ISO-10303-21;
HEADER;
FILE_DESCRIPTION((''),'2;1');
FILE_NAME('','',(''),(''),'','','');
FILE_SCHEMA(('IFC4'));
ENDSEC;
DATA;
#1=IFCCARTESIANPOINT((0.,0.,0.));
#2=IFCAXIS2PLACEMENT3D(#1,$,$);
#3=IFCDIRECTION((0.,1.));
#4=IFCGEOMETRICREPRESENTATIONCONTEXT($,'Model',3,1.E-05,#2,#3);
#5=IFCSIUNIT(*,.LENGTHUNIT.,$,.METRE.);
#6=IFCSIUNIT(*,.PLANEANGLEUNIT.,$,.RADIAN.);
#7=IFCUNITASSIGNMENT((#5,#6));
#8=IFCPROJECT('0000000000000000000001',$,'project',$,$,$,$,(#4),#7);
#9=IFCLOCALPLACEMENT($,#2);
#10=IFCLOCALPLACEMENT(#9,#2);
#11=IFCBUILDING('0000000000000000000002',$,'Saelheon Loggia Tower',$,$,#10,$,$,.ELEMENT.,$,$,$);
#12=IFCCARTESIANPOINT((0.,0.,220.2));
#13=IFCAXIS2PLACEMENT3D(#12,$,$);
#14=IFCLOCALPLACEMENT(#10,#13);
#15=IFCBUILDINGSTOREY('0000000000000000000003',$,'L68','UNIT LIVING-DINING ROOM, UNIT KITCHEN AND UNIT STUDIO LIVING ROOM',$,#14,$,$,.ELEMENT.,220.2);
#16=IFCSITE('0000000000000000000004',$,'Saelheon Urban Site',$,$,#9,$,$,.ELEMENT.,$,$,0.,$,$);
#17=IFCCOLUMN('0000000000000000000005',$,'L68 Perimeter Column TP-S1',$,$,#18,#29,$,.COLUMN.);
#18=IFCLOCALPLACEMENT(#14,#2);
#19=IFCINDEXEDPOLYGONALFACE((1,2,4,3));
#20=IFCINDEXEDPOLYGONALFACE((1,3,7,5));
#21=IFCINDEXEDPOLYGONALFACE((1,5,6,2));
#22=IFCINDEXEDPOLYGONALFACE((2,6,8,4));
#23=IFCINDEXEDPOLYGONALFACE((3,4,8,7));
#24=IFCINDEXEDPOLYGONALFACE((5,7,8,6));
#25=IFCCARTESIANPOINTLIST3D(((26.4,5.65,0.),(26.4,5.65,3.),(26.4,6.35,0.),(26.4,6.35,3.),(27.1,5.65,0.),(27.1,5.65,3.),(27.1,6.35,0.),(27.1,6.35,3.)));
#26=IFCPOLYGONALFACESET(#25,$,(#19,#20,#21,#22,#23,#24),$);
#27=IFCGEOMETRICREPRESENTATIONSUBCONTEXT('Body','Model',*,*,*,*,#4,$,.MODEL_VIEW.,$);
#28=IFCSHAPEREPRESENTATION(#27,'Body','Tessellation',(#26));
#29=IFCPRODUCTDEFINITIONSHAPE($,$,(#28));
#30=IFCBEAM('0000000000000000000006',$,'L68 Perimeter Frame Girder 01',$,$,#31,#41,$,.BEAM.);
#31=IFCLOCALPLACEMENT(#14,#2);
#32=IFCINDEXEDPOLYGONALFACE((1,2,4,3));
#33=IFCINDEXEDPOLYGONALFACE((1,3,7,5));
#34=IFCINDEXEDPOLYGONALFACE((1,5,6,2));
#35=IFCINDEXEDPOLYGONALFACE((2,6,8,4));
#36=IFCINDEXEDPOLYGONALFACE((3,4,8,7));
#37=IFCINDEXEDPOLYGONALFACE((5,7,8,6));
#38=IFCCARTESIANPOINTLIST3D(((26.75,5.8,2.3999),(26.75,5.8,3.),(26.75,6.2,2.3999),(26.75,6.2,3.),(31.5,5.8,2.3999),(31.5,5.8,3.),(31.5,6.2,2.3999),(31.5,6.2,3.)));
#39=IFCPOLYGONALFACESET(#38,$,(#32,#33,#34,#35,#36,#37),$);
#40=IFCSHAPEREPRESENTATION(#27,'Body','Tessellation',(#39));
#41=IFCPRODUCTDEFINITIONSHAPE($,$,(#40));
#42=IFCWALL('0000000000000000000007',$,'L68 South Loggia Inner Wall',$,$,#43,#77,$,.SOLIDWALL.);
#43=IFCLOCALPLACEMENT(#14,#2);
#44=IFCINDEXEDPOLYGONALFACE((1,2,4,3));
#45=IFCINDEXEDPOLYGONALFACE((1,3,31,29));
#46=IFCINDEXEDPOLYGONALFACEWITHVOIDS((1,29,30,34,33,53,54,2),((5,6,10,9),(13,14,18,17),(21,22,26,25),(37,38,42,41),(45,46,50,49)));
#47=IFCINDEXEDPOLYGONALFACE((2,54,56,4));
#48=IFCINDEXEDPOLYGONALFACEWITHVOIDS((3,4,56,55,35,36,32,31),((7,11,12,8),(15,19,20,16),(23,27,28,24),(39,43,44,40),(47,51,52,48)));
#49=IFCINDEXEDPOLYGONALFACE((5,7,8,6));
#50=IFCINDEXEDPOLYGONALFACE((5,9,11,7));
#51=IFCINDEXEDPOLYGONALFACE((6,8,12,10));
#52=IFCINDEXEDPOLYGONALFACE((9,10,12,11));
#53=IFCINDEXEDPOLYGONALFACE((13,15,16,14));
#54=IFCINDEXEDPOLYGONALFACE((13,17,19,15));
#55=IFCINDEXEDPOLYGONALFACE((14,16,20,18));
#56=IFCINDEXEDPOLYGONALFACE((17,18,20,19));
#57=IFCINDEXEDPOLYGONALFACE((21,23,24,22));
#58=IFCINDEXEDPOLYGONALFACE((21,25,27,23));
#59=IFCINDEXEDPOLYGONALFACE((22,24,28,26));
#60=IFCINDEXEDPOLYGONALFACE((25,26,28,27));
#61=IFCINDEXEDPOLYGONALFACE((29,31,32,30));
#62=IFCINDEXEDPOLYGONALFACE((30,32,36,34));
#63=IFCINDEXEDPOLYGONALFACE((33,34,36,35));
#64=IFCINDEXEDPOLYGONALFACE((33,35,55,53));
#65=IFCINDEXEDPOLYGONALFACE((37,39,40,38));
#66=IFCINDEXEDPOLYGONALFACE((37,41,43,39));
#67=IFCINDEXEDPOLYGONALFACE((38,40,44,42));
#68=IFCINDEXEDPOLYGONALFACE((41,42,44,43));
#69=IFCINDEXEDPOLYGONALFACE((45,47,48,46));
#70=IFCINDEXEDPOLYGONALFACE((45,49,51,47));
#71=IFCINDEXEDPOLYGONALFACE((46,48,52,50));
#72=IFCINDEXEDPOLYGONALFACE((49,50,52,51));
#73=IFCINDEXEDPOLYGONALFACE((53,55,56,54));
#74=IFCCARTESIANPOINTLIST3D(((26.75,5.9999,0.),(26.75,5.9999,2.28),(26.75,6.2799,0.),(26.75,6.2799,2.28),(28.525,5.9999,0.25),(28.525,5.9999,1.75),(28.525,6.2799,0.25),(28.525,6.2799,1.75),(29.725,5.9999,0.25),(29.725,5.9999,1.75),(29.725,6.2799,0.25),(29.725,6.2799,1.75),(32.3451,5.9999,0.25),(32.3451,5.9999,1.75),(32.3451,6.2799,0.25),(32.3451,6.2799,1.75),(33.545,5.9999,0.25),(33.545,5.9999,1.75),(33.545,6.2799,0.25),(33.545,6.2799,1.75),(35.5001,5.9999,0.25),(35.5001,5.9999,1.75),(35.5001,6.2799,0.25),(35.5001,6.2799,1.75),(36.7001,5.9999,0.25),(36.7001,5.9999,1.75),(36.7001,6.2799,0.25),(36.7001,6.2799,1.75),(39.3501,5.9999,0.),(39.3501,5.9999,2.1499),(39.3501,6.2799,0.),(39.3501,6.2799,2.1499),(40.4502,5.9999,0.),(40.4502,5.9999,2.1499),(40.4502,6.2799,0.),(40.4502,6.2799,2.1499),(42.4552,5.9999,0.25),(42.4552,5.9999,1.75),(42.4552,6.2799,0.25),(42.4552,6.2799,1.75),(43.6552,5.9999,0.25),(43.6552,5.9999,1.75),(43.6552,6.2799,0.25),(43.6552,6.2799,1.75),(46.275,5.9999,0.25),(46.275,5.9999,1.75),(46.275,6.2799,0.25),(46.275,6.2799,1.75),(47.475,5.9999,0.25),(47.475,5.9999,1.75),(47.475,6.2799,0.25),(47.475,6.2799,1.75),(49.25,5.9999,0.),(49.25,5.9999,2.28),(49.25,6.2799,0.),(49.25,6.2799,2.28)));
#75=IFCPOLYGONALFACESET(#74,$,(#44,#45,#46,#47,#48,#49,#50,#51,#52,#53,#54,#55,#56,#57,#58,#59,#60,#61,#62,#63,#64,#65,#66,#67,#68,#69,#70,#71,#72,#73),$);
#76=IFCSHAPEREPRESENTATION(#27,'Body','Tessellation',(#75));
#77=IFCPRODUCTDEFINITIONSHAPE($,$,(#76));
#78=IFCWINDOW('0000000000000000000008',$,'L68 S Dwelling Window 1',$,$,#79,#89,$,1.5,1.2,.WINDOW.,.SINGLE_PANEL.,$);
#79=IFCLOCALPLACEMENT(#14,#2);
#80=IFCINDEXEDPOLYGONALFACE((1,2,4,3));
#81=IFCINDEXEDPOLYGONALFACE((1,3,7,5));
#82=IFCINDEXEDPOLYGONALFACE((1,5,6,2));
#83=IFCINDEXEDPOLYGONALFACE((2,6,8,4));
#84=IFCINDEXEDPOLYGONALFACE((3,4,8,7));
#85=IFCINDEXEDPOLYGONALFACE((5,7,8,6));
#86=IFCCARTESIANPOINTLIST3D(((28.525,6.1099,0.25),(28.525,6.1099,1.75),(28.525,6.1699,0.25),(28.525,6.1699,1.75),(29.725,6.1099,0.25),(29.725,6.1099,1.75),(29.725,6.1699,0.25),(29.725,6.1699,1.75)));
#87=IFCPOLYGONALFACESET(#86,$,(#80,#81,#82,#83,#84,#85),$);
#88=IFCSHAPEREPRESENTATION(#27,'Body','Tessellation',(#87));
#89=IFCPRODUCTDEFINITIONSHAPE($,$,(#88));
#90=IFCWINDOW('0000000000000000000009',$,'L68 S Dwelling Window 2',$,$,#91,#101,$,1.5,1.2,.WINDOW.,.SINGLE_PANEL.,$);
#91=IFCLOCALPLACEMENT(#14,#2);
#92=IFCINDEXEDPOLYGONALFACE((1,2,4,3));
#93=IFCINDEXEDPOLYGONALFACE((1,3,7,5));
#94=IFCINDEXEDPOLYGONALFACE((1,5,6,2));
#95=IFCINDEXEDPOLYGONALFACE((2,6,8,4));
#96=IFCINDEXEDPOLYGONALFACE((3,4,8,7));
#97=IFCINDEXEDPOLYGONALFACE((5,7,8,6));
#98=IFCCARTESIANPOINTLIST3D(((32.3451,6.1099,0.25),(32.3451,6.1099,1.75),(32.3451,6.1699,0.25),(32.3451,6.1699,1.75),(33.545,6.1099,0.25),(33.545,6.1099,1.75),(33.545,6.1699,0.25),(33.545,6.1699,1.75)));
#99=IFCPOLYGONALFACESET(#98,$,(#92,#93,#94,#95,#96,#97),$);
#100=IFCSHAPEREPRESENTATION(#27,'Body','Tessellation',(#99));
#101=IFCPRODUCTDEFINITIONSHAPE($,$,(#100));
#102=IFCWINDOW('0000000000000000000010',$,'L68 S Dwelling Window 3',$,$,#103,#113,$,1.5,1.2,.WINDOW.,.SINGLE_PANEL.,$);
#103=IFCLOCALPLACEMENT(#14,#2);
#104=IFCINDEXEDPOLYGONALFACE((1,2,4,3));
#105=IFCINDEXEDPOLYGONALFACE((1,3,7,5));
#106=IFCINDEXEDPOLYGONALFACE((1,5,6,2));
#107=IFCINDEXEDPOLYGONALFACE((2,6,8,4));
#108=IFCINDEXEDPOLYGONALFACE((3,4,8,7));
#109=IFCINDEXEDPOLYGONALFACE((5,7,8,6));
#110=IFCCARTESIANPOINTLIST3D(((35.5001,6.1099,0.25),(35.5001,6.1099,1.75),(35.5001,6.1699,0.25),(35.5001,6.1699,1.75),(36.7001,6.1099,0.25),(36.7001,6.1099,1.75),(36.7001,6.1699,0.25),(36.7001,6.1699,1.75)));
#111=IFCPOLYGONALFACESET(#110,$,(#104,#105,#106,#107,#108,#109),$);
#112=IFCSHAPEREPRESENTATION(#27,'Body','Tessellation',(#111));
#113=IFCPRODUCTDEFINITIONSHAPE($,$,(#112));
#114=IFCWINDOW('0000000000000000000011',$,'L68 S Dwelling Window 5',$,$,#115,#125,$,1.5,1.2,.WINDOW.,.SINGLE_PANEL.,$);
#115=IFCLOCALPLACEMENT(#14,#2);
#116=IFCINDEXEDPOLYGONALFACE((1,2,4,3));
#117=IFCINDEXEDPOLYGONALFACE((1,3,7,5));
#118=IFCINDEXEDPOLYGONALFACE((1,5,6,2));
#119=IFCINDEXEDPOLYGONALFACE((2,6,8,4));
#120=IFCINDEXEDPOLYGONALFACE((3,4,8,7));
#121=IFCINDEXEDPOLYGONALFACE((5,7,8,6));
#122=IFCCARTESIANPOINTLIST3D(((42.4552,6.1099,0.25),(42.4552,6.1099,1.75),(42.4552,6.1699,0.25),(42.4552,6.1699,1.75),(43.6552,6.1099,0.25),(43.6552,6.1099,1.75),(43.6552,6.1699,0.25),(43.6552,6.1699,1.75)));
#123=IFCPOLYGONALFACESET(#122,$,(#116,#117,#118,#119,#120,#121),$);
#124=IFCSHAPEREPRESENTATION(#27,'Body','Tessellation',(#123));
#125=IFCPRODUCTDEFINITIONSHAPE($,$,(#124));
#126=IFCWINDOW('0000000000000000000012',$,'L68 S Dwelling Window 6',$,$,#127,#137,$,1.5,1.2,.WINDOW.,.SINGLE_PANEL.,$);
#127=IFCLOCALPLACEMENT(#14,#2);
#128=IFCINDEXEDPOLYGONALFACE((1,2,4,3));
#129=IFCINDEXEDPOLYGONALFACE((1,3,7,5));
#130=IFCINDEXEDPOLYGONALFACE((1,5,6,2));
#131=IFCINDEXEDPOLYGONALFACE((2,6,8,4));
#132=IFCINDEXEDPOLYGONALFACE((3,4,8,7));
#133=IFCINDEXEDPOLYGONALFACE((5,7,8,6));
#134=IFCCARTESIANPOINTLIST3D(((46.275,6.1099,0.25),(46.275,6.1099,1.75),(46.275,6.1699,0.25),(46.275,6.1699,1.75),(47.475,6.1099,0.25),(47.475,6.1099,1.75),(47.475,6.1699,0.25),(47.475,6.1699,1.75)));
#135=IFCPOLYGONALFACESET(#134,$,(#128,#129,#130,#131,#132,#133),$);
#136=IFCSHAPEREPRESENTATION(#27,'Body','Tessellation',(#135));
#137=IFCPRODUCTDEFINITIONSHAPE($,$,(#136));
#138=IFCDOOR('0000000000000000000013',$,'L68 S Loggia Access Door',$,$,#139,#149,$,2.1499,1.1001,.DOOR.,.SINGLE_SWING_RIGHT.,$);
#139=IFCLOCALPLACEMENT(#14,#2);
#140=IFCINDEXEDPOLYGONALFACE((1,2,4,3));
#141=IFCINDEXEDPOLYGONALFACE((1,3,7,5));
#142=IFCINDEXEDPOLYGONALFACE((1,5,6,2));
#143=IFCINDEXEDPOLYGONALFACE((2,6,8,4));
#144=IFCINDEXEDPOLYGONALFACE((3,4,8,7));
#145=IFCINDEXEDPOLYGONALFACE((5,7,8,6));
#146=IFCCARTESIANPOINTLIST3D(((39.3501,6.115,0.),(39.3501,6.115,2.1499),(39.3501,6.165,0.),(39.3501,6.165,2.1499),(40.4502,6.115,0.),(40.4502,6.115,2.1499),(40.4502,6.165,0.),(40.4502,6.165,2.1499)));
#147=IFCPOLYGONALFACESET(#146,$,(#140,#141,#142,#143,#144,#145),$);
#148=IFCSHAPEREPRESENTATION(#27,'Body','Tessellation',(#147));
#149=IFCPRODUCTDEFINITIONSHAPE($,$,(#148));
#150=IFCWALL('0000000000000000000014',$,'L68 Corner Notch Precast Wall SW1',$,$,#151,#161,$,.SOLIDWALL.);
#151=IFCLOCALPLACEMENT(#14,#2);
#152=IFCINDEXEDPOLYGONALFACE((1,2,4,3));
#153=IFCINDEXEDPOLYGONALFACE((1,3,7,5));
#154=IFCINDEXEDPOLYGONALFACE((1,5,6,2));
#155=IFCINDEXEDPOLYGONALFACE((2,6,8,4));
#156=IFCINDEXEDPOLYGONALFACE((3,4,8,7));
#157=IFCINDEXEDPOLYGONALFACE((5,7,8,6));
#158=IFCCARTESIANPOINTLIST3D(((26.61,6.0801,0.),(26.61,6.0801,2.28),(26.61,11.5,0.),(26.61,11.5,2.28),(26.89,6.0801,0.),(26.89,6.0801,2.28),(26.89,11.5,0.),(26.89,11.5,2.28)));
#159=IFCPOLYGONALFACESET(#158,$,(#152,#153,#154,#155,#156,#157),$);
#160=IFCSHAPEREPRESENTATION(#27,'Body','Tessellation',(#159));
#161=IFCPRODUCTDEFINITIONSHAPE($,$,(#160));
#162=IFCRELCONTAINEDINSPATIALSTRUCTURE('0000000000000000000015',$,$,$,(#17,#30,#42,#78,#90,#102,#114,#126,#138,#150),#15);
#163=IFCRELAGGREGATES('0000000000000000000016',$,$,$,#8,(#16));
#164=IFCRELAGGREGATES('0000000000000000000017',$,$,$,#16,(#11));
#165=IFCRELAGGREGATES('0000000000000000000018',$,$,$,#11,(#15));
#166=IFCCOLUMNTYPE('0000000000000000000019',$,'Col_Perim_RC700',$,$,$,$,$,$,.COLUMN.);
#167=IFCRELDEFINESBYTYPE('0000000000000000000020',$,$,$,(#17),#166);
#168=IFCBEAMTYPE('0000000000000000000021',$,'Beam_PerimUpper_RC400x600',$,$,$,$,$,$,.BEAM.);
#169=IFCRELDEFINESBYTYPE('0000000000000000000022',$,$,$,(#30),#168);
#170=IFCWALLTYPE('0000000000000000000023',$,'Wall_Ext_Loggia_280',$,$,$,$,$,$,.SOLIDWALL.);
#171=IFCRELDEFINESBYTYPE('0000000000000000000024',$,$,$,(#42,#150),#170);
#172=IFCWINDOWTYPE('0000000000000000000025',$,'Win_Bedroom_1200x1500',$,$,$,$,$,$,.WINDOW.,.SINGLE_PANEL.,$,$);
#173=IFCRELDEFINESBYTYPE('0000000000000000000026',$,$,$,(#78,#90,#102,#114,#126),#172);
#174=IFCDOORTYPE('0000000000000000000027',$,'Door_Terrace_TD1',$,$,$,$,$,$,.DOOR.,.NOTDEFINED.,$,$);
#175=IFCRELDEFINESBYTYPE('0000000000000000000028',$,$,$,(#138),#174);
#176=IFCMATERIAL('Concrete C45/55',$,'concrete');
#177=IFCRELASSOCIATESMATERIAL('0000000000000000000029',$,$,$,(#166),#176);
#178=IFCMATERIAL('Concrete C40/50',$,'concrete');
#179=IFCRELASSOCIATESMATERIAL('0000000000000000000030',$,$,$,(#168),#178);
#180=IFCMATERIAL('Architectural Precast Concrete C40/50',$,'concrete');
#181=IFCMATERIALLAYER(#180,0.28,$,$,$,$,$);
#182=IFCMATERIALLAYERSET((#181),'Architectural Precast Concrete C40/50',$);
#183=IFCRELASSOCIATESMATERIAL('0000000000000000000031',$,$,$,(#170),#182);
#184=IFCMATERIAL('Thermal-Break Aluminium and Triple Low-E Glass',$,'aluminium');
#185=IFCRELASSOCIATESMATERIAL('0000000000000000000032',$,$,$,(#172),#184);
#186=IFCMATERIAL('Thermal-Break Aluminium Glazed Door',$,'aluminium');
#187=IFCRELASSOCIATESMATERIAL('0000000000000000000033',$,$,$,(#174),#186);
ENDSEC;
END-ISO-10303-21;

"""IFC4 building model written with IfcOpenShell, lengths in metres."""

from ifc_helpers import new_model, si_unit, direction, frame, frame_2d, origin, origin_2d, place, context, subcontext, project, spatial, rectangle, extrude, source, transform, mapped, material, layer, layer_set, material_profile, profile_set, type_object, element, fill, save


model = new_model("IFC4")

# Units and contexts
model_context = context("Model", 3, precision=1e-05, world=origin(), true_north=direction((0.0, 1.0)))
body_context = subcontext(model_context, "Body", "Model", "MODEL_VIEW")
ifc_project = project(units=[si_unit("LENGTHUNIT", "METRE"), si_unit("PLANEANGLEUNIT", "RADIAN")], contexts=[model_context])

# Site, building, storey
site_placement = place(None, origin())
site = spatial("IfcSite", under=ifc_project, at=site_placement, Name="Saelheon Urban Site", CompositionType="ELEMENT", RefElevation=0.0)
building_placement = place(site_placement, origin())
building = spatial("IfcBuilding", under=site, at=building_placement, Name="Saelheon Loggia Tower", CompositionType="ELEMENT")
storey_placement = place(building_placement, frame((0.0, 0.0, 220.2)))
storey = spatial("IfcBuildingStorey", under=building, at=storey_placement, Name="L68", Description="UNIT LIVING-DINING ROOM, UNIT KITCHEN AND UNIT STUDIO LIVING ROOM", CompositionType="ELEMENT", Elevation=220.2)

# Column
ifc_material_1 = material(Name="Concrete C45/55", Category="concrete")
ifc_material_profile_1 = material_profile(ifc_material_1, rectangle(XDim=0.7, YDim=0.7, at=origin_2d()), Name="RC-700x700")
ifc_profile_set_1 = profile_set([ifc_material_profile_1], Name="Concrete C45/55")
column_type = type_object("IfcColumnType", Name="Col_Perim_RC700", PredefinedType="COLUMN", material=ifc_profile_set_1)
shared_shape_1 = source(origin(), body_context, "Body", "SweptSolid", [
    extrude(rectangle(XDim=0.7, YDim=0.7, at=origin_2d()), origin(), (0.0, 0.0, 1.0), 3.0),
])
column_placement = place(storey_placement, frame((26.75, 6.0, 0.0), z_axis=(0.0, 0.0, 1.0), x_axis=(1.0, 0.0, 0.0)))
element("IfcColumn", 1, at=column_placement, inside=storey, type_object=column_type, Name="L68 Perimeter Column TP-S1", PredefinedType="COLUMN", context=body_context, shape_type="MappedRepresentation", body=[
    mapped(shared_shape_1, transform((0.0, 0.0, 0.0), scale=1.0)),
])

# Beam
ifc_material_2 = material(Name="Concrete C40/50", Category="concrete")
ifc_material_profile_2 = material_profile(ifc_material_2, rectangle(XDim=0.3999, YDim=0.6001, at=origin_2d()), Name="RC-400x600")
ifc_profile_set_2 = profile_set([ifc_material_profile_2], Name="Concrete C40/50")
beam_type = type_object("IfcBeamType", Name="Beam_PerimUpper_RC400x600", PredefinedType="BEAM", material=ifc_profile_set_2)
shared_shape_2 = source(origin(), body_context, "Body", "SweptSolid", [
    extrude(rectangle(XDim=0.3999, YDim=0.6001, at=origin_2d()), origin(), (0.0, 0.0, 1.0), 4.75),
])
beam_placement = place(storey_placement, frame((26.75, 6.0, 2.7), z_axis=(1.0, 0.0, 0.0), x_axis=(0.0, 1.0, 0.0)))
element("IfcBeam", 2, at=beam_placement, inside=storey, type_object=beam_type, Name="L68 Perimeter Frame Girder 01", PredefinedType="BEAM", context=body_context, shape_type="MappedRepresentation", body=[
    mapped(shared_shape_2, transform((0.0, 0.0, 0.0), scale=1.0)),
])

# Wall, openings, windows, door
ifc_material_3 = material(Name="Architectural Precast Concrete C40/50", Category="concrete")
ifc_layer = layer(ifc_material_3, 0.28)
ifc_layer_set = layer_set([ifc_layer], Name="Architectural Precast Concrete C40/50")
wall_type = type_object("IfcWallType", Name="Wall_Ext_Loggia_280", PredefinedType="SOLIDWALL", material=ifc_layer_set)
wall_1_placement = place(storey_placement, frame((26.75, 6.1399, 0.0), z_axis=(0.0, 0.0, 1.0), x_axis=(1.0, 0.0, 0.0)))
wall_1 = element("IfcWall", 3, at=wall_1_placement, inside=storey, type_object=wall_type, Name="L68 South Loggia Inner Wall", PredefinedType="SOLIDWALL", context=body_context, shape_type="SweptSolid", body=[
    extrude(rectangle(XDim=22.5, YDim=0.28, at=frame_2d((11.25, 0.0))), origin(), (0.0, 0.0, 1.0), 2.28),
])
opening_1_placement = place(wall_1_placement, frame((1.7749, 0.0, 0.25)))
opening_1 = element("IfcOpeningElement", 4, at=opening_1_placement, cuts=wall_1, PredefinedType="OPENING", context=body_context, shape_type="SweptSolid", body=[
    extrude(rectangle(XDim=1.2, YDim=1.5, at=frame_2d((0.6001, 0.75))), frame((0.0, 0.1521, 0.0), z_axis=(0.0, -1.0, 0.0), x_axis=(1.0, 0.0, 0.0)), (0.0, 0.0, 1.0), 0.304),
])
opening_2_placement = place(wall_1_placement, frame((5.595, 0.0, 0.25)))
opening_2 = element("IfcOpeningElement", 5, at=opening_2_placement, cuts=wall_1, PredefinedType="OPENING", context=body_context, shape_type="SweptSolid", body=[
    extrude(rectangle(XDim=1.2, YDim=1.5, at=frame_2d((0.6001, 0.75))), frame((0.0, 0.1521, 0.0), z_axis=(0.0, -1.0, 0.0), x_axis=(1.0, 0.0, 0.0)), (0.0, 0.0, 1.0), 0.304),
])
opening_3_placement = place(wall_1_placement, frame((8.75, 0.0, 0.25)))
opening_3 = element("IfcOpeningElement", 6, at=opening_3_placement, cuts=wall_1, PredefinedType="OPENING", context=body_context, shape_type="SweptSolid", body=[
    extrude(rectangle(XDim=1.2, YDim=1.5, at=frame_2d((0.6001, 0.75))), frame((0.0, 0.1521, 0.0), z_axis=(0.0, -1.0, 0.0), x_axis=(1.0, 0.0, 0.0)), (0.0, 0.0, 1.0), 0.304),
])
opening_4_placement = place(wall_1_placement, frame((13.7002, 0.0, 0.0), z_axis=(0.0, 0.0, 1.0), x_axis=(-1.0, 0.0, 0.0)))
opening_4 = element("IfcOpeningElement", 7, at=opening_4_placement, cuts=wall_1, PredefinedType="OPENING", context=body_context, shape_type="SweptSolid", body=[
    extrude(rectangle(XDim=1.1001, YDim=2.1499, at=frame_2d((0.55, 1.075))), frame((0.0, 0.1521, 0.0), z_axis=(0.0, -1.0, 0.0), x_axis=(1.0, 0.0, 0.0)), (0.0, 0.0, 1.0), 0.304),
])
opening_5_placement = place(wall_1_placement, frame((15.7051, 0.0, 0.25)))
opening_5 = element("IfcOpeningElement", 8, at=opening_5_placement, cuts=wall_1, PredefinedType="OPENING", context=body_context, shape_type="SweptSolid", body=[
    extrude(rectangle(XDim=1.2, YDim=1.5, at=frame_2d((0.6001, 0.75))), frame((0.0, 0.1521, 0.0), z_axis=(0.0, -1.0, 0.0), x_axis=(1.0, 0.0, 0.0)), (0.0, 0.0, 1.0), 0.304),
])
opening_6_placement = place(wall_1_placement, frame((19.5249, 0.0, 0.25)))
opening_6 = element("IfcOpeningElement", 9, at=opening_6_placement, cuts=wall_1, PredefinedType="OPENING", context=body_context, shape_type="SweptSolid", body=[
    extrude(rectangle(XDim=1.2, YDim=1.5, at=frame_2d((0.6001, 0.75))), frame((0.0, 0.1521, 0.0), z_axis=(0.0, -1.0, 0.0), x_axis=(1.0, 0.0, 0.0)), (0.0, 0.0, 1.0), 0.304),
])
ifc_material_4 = material(Name="Thermal-Break Aluminium and Triple Low-E Glass", Category="aluminium")
window_type = type_object("IfcWindowType", Name="Win_Bedroom_1200x1500", PartitioningType="SINGLE_PANEL", PredefinedType="WINDOW", material=ifc_material_4)
shared_shape_3 = source(origin(), body_context, "Body", "SweptSolid", [
    extrude(rectangle(XDim=1.2, YDim=1.5, at=frame_2d((0.6001, 0.75))), frame((0.0, 0.03, 0.0), z_axis=(0.0, -1.0, 0.0), x_axis=(1.0, 0.0, 0.0)), (0.0, 0.0, 1.0), 0.0601),
])
window_1_placement = place(opening_1_placement, origin())
window_1 = element("IfcWindow", 10, at=window_1_placement, inside=storey, type_object=window_type, Name="L68 S Dwelling Window 1", OverallHeight=1.5, OverallWidth=1.2, PartitioningType="SINGLE_PANEL", PredefinedType="WINDOW", context=body_context, shape_type="MappedRepresentation", body=[
    mapped(shared_shape_3, transform((0.0, 0.0, 0.0), scale=1.0)),
])
fill(opening_1, window_1)
window_2_placement = place(opening_2_placement, origin())
window_2 = element("IfcWindow", 11, at=window_2_placement, inside=storey, type_object=window_type, Name="L68 S Dwelling Window 2", OverallHeight=1.5, OverallWidth=1.2, PartitioningType="SINGLE_PANEL", PredefinedType="WINDOW", context=body_context, shape_type="MappedRepresentation", body=[
    mapped(shared_shape_3, transform((0.0, 0.0, 0.0), scale=1.0)),
])
fill(opening_2, window_2)
window_3_placement = place(opening_3_placement, origin())
window_3 = element("IfcWindow", 12, at=window_3_placement, inside=storey, type_object=window_type, Name="L68 S Dwelling Window 3", OverallHeight=1.5, OverallWidth=1.2, PartitioningType="SINGLE_PANEL", PredefinedType="WINDOW", context=body_context, shape_type="MappedRepresentation", body=[
    mapped(shared_shape_3, transform((0.0, 0.0, 0.0), scale=1.0)),
])
fill(opening_3, window_3)
window_4_placement = place(opening_5_placement, origin())
window_4 = element("IfcWindow", 13, at=window_4_placement, inside=storey, type_object=window_type, Name="L68 S Dwelling Window 5", OverallHeight=1.5, OverallWidth=1.2, PartitioningType="SINGLE_PANEL", PredefinedType="WINDOW", context=body_context, shape_type="MappedRepresentation", body=[
    mapped(shared_shape_3, transform((0.0, 0.0, 0.0), scale=1.0)),
])
fill(opening_5, window_4)
window_5_placement = place(opening_6_placement, origin())
window_5 = element("IfcWindow", 14, at=window_5_placement, inside=storey, type_object=window_type, Name="L68 S Dwelling Window 6", OverallHeight=1.5, OverallWidth=1.2, PartitioningType="SINGLE_PANEL", PredefinedType="WINDOW", context=body_context, shape_type="MappedRepresentation", body=[
    mapped(shared_shape_3, transform((0.0, 0.0, 0.0), scale=1.0)),
])
fill(opening_6, window_5)
ifc_material_5 = material(Name="Thermal-Break Aluminium Glazed Door", Category="aluminium")
door_type_1 = type_object("IfcDoorType", Name="Door_Terrace_TD1", OperationType="NOTDEFINED", PredefinedType="DOOR", material=ifc_material_5)
shared_shape_4 = source(origin(), body_context, "Body", "SweptSolid", [
    extrude(rectangle(XDim=1.1001, YDim=2.1499, at=frame_2d((0.55, 1.075))), frame((0.0, 0.0249, 0.0), z_axis=(0.0, -1.0, 0.0), x_axis=(1.0, 0.0, 0.0)), (0.0, 0.0, 1.0), 0.05),
])
door_1_placement = place(opening_4_placement, origin())
door_1 = element("IfcDoor", 15, at=door_1_placement, inside=storey, type_object=door_type_1, Name="L68 S Loggia Access Door", OperationType="SINGLE_SWING_RIGHT", OverallHeight=2.1499, OverallWidth=1.1001, PredefinedType="DOOR", context=body_context, shape_type="MappedRepresentation", body=[
    mapped(shared_shape_4, transform((0.0, 0.0, 0.0), scale=1.0)),
])
fill(opening_4, door_1)

# Wall
for number, where, z_axis, x_axis, name in (
    (16, (26.75, 6.0801, 0.0), (0.0, 0.0, 1.0), (0.0, 1.0, 0.0), "L68 Corner Notch Precast Wall SW1"),
):
    element("IfcWall", number, at=place(storey_placement, frame(where, z_axis=z_axis, x_axis=x_axis)), inside=storey, type_object=wall_type, Name=name, PredefinedType="SOLIDWALL", context=body_context, shape_type="SweptSolid", body=[
        extrude(rectangle(XDim=5.4199, YDim=0.28, at=frame_2d((2.71, 0.0))), origin(), (0.0, 0.0, 1.0), 2.28),
    ])

save(model, "model.ifc")
